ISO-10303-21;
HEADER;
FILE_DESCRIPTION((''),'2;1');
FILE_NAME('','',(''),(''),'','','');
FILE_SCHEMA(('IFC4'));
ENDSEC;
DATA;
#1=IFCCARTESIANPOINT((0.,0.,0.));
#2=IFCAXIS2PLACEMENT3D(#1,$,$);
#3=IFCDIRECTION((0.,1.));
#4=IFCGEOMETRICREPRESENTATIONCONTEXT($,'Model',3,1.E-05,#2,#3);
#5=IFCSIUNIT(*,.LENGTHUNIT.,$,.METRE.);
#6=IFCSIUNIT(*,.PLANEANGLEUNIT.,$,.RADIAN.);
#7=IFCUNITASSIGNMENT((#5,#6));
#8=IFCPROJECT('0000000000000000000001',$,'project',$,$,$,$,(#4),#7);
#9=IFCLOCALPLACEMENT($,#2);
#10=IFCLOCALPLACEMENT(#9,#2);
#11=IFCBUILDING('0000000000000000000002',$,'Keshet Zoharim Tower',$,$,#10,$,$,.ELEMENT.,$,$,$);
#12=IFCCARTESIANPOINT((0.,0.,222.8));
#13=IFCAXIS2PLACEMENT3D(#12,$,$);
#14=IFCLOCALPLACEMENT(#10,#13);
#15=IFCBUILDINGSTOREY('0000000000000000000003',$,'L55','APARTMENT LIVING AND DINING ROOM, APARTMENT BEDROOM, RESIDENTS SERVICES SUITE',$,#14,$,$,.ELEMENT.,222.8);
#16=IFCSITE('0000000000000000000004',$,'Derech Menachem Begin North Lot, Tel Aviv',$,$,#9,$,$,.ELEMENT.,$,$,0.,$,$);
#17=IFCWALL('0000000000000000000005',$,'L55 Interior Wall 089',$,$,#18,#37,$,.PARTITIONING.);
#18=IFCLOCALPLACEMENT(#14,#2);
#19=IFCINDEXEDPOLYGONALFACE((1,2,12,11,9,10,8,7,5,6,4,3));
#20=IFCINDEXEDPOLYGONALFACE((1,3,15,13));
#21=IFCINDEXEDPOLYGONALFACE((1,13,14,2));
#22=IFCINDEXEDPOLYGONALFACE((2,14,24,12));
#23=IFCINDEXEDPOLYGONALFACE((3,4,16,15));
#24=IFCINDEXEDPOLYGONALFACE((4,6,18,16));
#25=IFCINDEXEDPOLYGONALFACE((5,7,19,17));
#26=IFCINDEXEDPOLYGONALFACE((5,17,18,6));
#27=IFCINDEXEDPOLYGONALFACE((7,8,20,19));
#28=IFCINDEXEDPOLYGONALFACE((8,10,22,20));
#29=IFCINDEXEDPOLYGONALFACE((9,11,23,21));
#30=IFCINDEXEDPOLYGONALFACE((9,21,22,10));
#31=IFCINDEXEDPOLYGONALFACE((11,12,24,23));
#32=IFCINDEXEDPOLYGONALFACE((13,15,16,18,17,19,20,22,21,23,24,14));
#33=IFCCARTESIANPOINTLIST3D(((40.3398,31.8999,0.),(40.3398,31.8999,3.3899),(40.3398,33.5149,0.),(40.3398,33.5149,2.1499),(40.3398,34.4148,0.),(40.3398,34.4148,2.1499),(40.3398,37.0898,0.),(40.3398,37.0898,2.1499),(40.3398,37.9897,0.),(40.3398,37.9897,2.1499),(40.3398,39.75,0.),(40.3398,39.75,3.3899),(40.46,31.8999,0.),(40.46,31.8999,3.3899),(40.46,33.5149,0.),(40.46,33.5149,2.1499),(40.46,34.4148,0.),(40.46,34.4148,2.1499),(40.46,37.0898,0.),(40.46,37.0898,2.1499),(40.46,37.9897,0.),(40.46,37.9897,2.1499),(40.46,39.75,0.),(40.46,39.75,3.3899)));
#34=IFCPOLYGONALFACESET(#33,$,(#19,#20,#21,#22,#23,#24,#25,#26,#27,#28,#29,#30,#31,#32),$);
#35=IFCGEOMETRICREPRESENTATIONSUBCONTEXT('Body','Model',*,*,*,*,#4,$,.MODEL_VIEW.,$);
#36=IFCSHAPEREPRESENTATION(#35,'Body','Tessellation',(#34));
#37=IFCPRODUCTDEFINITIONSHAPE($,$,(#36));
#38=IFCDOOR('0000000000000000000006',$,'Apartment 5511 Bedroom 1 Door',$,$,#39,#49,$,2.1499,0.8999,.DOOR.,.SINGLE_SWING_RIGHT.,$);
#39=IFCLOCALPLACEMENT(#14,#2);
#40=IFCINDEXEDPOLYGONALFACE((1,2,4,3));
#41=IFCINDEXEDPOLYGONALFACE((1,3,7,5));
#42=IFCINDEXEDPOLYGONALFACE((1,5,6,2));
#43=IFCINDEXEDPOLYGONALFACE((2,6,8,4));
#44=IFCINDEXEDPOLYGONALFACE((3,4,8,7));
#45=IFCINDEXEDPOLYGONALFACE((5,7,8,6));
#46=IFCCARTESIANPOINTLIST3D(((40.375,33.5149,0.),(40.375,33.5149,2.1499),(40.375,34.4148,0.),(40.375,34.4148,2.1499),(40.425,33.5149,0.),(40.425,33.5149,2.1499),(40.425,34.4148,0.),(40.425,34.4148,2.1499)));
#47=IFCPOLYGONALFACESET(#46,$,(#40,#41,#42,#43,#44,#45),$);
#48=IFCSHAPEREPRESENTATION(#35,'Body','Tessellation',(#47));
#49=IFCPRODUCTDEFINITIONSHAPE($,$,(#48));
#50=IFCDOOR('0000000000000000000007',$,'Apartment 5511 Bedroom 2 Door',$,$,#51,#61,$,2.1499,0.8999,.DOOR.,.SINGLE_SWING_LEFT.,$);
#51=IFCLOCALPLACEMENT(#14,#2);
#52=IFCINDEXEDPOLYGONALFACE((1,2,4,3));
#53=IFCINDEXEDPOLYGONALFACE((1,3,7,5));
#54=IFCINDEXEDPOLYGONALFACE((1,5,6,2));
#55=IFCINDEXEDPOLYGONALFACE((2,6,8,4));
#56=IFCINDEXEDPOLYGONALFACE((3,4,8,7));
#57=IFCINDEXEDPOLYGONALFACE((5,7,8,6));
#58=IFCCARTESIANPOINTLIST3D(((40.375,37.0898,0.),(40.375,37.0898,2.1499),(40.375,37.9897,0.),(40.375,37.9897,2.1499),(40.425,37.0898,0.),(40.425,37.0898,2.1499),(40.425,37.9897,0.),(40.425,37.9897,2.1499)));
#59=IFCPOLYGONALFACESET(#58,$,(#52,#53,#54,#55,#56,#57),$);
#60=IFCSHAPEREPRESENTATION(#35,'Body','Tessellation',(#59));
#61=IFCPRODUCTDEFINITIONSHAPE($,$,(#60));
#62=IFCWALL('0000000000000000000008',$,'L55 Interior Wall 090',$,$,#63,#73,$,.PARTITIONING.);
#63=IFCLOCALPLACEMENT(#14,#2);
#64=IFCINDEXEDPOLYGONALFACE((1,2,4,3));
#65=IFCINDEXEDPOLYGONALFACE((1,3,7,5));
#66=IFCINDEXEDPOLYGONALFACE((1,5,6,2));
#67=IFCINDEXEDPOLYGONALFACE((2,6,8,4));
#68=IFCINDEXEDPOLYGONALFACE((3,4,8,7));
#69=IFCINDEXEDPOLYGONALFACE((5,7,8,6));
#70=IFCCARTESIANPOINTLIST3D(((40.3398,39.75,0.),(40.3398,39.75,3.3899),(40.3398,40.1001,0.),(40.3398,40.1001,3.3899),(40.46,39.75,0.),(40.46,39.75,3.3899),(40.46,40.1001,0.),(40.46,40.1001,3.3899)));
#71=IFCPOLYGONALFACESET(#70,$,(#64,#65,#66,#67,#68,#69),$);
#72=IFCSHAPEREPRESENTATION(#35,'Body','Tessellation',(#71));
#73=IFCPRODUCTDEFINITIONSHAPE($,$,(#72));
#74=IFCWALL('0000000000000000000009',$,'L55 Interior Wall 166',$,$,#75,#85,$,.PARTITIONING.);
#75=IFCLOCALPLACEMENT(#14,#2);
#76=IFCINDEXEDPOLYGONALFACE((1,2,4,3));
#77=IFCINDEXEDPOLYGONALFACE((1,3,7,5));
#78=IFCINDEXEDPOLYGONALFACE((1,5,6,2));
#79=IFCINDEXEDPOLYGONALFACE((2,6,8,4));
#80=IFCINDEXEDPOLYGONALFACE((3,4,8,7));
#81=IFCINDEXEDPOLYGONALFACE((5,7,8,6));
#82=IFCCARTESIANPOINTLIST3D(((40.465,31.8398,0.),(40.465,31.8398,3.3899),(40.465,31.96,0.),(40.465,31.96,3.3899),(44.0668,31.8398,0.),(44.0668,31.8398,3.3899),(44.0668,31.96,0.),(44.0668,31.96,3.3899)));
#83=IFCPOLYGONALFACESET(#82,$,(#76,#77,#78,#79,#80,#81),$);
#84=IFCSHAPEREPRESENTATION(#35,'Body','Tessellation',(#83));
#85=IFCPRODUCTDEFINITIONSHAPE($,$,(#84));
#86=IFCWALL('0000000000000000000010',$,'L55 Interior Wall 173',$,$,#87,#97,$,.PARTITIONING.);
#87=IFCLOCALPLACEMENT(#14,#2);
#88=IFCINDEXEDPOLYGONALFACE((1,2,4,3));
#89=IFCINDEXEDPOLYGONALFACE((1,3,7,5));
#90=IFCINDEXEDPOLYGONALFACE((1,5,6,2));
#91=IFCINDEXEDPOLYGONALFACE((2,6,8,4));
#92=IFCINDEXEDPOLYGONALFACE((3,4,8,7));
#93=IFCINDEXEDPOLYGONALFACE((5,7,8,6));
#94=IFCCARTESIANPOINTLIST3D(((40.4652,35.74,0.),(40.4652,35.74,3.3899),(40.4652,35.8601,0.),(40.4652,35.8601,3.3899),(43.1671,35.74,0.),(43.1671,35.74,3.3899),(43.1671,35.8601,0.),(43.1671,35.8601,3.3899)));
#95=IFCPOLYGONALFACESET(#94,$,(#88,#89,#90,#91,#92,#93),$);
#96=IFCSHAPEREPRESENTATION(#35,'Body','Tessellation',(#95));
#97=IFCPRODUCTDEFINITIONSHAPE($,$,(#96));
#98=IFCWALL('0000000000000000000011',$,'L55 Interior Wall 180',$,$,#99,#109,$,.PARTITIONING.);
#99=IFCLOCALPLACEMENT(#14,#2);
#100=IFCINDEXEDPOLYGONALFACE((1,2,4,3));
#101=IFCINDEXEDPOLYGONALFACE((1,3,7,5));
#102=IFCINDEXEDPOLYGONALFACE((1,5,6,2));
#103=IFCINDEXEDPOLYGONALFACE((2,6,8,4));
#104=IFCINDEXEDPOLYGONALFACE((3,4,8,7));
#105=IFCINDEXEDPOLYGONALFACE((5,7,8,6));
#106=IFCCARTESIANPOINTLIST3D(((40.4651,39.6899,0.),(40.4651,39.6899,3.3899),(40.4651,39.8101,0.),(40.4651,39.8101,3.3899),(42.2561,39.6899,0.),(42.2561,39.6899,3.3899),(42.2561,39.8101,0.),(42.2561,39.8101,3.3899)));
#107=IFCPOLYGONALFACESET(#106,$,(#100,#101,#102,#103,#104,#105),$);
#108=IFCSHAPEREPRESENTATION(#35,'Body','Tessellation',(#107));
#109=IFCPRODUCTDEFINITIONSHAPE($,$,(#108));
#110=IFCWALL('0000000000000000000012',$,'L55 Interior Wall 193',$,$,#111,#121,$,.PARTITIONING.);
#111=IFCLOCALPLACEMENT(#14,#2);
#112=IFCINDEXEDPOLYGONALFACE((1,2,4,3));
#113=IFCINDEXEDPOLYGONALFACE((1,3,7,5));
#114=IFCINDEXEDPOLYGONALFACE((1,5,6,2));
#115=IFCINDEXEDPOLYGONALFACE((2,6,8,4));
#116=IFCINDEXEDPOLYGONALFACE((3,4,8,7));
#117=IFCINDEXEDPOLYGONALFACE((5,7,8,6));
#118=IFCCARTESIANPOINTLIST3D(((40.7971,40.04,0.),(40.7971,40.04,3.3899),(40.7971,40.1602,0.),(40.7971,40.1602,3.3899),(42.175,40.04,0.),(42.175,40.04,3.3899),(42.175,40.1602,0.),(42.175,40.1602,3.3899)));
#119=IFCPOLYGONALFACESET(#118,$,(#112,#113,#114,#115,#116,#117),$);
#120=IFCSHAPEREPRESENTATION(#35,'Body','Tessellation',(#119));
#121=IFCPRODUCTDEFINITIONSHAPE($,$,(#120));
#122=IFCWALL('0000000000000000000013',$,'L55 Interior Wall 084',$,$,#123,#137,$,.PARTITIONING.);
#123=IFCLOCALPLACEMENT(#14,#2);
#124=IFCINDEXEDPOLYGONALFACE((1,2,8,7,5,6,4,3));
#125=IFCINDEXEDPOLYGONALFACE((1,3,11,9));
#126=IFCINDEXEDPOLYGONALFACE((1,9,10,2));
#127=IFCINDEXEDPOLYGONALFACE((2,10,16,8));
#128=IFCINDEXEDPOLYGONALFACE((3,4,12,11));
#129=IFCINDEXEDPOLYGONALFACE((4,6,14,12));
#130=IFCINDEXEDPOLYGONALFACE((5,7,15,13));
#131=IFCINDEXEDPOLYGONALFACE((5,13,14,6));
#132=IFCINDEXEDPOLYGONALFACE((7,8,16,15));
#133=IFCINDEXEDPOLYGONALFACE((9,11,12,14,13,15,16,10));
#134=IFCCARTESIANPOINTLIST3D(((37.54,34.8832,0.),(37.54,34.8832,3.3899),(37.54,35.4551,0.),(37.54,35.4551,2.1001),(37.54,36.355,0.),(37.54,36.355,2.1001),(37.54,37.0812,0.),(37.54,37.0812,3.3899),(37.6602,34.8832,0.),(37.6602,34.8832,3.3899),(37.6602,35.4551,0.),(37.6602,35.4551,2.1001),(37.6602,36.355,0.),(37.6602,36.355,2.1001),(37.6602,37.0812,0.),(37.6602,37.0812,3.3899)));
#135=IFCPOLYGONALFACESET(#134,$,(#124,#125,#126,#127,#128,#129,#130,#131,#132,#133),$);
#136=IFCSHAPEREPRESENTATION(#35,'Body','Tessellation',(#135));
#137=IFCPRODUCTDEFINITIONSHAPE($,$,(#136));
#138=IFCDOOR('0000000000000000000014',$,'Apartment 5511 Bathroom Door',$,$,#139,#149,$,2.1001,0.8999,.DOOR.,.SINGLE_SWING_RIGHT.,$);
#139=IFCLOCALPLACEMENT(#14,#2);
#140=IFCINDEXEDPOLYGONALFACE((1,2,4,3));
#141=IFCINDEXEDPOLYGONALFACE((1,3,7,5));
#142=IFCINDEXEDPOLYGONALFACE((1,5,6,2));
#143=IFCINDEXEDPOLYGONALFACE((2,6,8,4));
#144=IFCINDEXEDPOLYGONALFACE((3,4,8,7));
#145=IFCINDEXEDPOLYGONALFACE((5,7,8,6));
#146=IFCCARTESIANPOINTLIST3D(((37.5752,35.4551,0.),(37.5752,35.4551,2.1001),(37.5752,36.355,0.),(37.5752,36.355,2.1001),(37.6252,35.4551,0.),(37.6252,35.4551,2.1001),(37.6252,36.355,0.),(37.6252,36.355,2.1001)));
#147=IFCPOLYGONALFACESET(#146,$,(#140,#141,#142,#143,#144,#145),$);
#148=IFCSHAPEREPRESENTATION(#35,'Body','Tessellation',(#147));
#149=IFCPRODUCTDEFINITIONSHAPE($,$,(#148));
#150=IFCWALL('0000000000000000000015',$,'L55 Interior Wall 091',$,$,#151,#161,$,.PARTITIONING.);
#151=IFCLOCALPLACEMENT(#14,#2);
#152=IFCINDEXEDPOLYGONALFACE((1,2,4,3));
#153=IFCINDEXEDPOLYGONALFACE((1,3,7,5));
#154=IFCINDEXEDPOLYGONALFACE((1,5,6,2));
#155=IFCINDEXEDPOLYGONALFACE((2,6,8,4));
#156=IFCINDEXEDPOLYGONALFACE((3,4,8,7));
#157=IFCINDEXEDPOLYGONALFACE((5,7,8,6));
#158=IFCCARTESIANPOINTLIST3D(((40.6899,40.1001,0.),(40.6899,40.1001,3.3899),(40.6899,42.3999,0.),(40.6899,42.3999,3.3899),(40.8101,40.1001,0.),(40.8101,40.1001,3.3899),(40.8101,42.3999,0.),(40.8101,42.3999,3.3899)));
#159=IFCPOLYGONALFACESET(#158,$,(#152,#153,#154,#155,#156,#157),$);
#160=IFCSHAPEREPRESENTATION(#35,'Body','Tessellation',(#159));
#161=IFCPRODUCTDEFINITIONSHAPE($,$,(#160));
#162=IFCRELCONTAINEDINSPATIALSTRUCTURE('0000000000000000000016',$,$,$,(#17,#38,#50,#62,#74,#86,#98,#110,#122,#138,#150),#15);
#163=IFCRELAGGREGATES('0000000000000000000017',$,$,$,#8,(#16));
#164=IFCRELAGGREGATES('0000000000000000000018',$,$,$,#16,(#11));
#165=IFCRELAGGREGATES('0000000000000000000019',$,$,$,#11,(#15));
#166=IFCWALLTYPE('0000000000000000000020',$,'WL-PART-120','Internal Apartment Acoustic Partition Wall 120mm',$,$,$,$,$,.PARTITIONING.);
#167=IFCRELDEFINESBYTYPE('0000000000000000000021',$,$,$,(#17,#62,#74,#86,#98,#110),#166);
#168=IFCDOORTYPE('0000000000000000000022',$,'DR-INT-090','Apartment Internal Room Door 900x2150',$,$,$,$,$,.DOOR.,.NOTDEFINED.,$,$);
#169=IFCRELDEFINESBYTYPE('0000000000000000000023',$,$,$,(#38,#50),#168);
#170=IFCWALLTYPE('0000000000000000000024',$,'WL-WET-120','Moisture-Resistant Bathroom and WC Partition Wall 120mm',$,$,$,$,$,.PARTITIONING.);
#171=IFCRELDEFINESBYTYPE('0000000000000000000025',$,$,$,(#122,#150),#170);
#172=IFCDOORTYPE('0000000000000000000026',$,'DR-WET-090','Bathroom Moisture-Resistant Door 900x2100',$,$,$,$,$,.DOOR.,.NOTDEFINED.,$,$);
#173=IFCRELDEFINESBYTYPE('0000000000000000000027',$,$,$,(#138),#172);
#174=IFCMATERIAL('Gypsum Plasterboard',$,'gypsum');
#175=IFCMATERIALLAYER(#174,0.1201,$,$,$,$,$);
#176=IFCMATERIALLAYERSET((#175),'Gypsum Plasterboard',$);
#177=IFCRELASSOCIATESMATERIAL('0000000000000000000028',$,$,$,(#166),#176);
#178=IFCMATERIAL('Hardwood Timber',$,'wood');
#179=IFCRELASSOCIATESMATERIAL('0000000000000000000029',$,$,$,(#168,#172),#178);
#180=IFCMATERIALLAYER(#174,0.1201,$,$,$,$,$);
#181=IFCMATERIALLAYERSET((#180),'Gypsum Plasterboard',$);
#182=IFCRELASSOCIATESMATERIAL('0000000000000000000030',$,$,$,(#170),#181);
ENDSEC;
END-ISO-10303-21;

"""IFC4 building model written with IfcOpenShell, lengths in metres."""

from ifc_helpers import new_model, si_unit, direction, frame, frame_2d, origin, place, context, subcontext, project, spatial, rectangle, extrude, material, layer, layer_set, type_object, element, fill, save


model = new_model("IFC4")

# Units and contexts
model_context = context("Model", 3, precision=1e-05, world=origin(), true_north=direction((0.0, 1.0)))
body_context = subcontext(model_context, "Body", "Model", "MODEL_VIEW")
ifc_project = project(units=[si_unit("LENGTHUNIT", "METRE"), si_unit("PLANEANGLEUNIT", "RADIAN")], contexts=[model_context])

# Site, building, storey
site_placement = place(None, origin())
site = spatial("IfcSite", under=ifc_project, at=site_placement, Name="Derech Menachem Begin North Lot, Tel Aviv", CompositionType="ELEMENT", RefElevation=0.0)
building_placement = place(site_placement, origin())
building = spatial("IfcBuilding", under=site, at=building_placement, Name="Keshet Zoharim Tower", CompositionType="ELEMENT")
storey_placement = place(building_placement, frame((0.0, 0.0, 222.8)))
storey = spatial("IfcBuildingStorey", under=building, at=storey_placement, Name="L55", Description="APARTMENT LIVING AND DINING ROOM, APARTMENT BEDROOM, RESIDENTS SERVICES SUITE", CompositionType="ELEMENT", Elevation=222.8)

# Shared definitions
ifc_material_1 = material(Name="Gypsum Plasterboard", Category="gypsum")
ifc_layer_1 = layer(ifc_material_1, 0.1201)
ifc_layer_set_1 = layer_set([ifc_layer_1], Name="Gypsum Plasterboard")
wall_type_1 = type_object("IfcWallType", Name="WL-PART-120", Description="Internal Apartment Acoustic Partition Wall 120mm", PredefinedType="PARTITIONING", material=ifc_layer_set_1)
ifc_material_2 = material(Name="Hardwood Timber", Category="wood")
door_type_1 = type_object("IfcDoorType", Name="DR-INT-090", Description="Apartment Internal Room Door 900x2150", OperationType="NOTDEFINED", PredefinedType="DOOR", material=ifc_material_2)

# Wall, openings, doors
wall_1_placement = place(storey_placement, frame((40.3999, 31.8999, 0.0), z_axis=(0.0, 0.0, 1.0), x_axis=(0.0, 1.0, 0.0)))
wall_1 = element("IfcWall", 1, at=wall_1_placement, inside=storey, type_object=wall_type_1, Name="L55 Interior Wall 089", PredefinedType="PARTITIONING", context=body_context, shape_type="SweptSolid", body=[
    extrude(rectangle(XDim=7.8501, YDim=0.1201, at=frame_2d((3.925, 0.0))), origin(), (0.0, 0.0, 1.0), 3.3899),
])
opening_1_placement = place(wall_1_placement, frame((1.615, 0.0, 0.0)))
opening_1 = element("IfcOpeningElement", 2, at=opening_1_placement, cuts=wall_1, PredefinedType="OPENING", context=body_context, shape_type="SweptSolid", body=[
    extrude(rectangle(XDim=0.8999, YDim=2.1499, at=frame_2d((0.45, 1.075))), frame((0.0, 0.0701, 0.0), z_axis=(0.0, -1.0, 0.0), x_axis=(1.0, 0.0, 0.0)), (0.0, 0.0, 1.0), 0.1401),
])
opening_2_placement = place(wall_1_placement, frame((5.1899, 0.0, 0.0)))
opening_2 = element("IfcOpeningElement", 3, at=opening_2_placement, cuts=wall_1, PredefinedType="OPENING", context=body_context, shape_type="SweptSolid", body=[
    extrude(rectangle(XDim=0.8999, YDim=2.1499, at=frame_2d((0.45, 1.075))), frame((0.0, 0.0701, 0.0), z_axis=(0.0, -1.0, 0.0), x_axis=(1.0, 0.0, 0.0)), (0.0, 0.0, 1.0), 0.1401),
])
door_1_placement = place(opening_1_placement, origin())
door_1 = element("IfcDoor", 4, at=door_1_placement, inside=storey, type_object=door_type_1, Name="Apartment 5511 Bedroom 1 Door", OperationType="SINGLE_SWING_RIGHT", OverallHeight=2.1499, OverallWidth=0.8999, PredefinedType="DOOR", context=body_context, shape_type="SweptSolid", body=[
    extrude(rectangle(XDim=0.8999, YDim=2.1499, at=frame_2d((0.45, 1.075))), frame((0.0, 0.0249, 0.0), z_axis=(0.0, -1.0, 0.0), x_axis=(1.0, 0.0, 0.0)), (0.0, 0.0, 1.0), 0.05),
])
fill(opening_1, door_1)
door_2_placement = place(opening_2_placement, origin())
door_2 = element("IfcDoor", 5, at=door_2_placement, inside=storey, type_object=door_type_1, Name="Apartment 5511 Bedroom 2 Door", OperationType="SINGLE_SWING_LEFT", OverallHeight=2.1499, OverallWidth=0.8999, PredefinedType="DOOR", context=body_context, shape_type="SweptSolid", body=[
    extrude(rectangle(XDim=0.8999, YDim=2.1499, at=frame_2d((0.45, 1.075))), frame((0.0, 0.0249, 0.0), z_axis=(0.0, -1.0, 0.0), x_axis=(1.0, 0.0, 0.0)), (0.0, 0.0, 1.0), 0.05),
])
fill(opening_2, door_2)

# Walls
wall_2_placement = place(storey_placement, frame((40.3999, 39.75, 0.0), z_axis=(0.0, 0.0, 1.0), x_axis=(0.0, 1.0, 0.0)))
element("IfcWall", 6, at=wall_2_placement, inside=storey, type_object=wall_type_1, Name="L55 Interior Wall 090", PredefinedType="PARTITIONING", context=body_context, shape_type="SweptSolid", body=[
    extrude(rectangle(XDim=0.3501, YDim=0.1201, at=frame_2d((0.175, 0.0))), origin(), (0.0, 0.0, 1.0), 3.3899),
])
wall_3_placement = place(storey_placement, frame((40.4651, 31.8999, 0.0), z_axis=(0.0, 0.0, 1.0), x_axis=(1.0, 0.0, 0.0)))
element("IfcWall", 7, at=wall_3_placement, inside=storey, type_object=wall_type_1, Name="L55 Interior Wall 166", PredefinedType="PARTITIONING", context=body_context, shape_type="SweptSolid", body=[
    extrude(rectangle(XDim=3.6018, YDim=0.1201, at=frame_2d((1.8008, 0.0))), origin(), (0.0, 0.0, 1.0), 3.3899),
])
wall_4_placement = place(storey_placement, frame((40.4651, 35.8, 0.0), z_axis=(0.0, 0.0, 1.0), x_axis=(1.0, 0.0, 0.0)))
element("IfcWall", 8, at=wall_4_placement, inside=storey, type_object=wall_type_1, Name="L55 Interior Wall 173", PredefinedType="PARTITIONING", context=body_context, shape_type="SweptSolid", body=[
    extrude(rectangle(XDim=2.7019, YDim=0.1201, at=frame_2d((1.3511, 0.0))), origin(), (0.0, 0.0, 1.0), 3.3899),
])
wall_5_placement = place(storey_placement, frame((40.4651, 39.75, 0.0), z_axis=(0.0, 0.0, 1.0), x_axis=(1.0, 0.0, 0.0)))
element("IfcWall", 9, at=wall_5_placement, inside=storey, type_object=wall_type_1, Name="L55 Interior Wall 180", PredefinedType="PARTITIONING", context=body_context, shape_type="SweptSolid", body=[
    extrude(rectangle(XDim=1.791, YDim=0.1201, at=frame_2d((0.8955, 0.0))), origin(), (0.0, 0.0, 1.0), 3.3899),
])
wall_6_placement = place(storey_placement, frame((40.7971, 40.1001, 0.0), z_axis=(0.0, 0.0, 1.0), x_axis=(1.0, 0.0, 0.0)))
element("IfcWall", 10, at=wall_6_placement, inside=storey, type_object=wall_type_1, Name="L55 Interior Wall 193", PredefinedType="PARTITIONING", context=body_context, shape_type="SweptSolid", body=[
    extrude(rectangle(XDim=1.3779, YDim=0.1201, at=frame_2d((0.689, 0.0))), origin(), (0.0, 0.0, 1.0), 3.3899),
])

# Wall, opening, door
ifc_layer_2 = layer(ifc_material_1, 0.1201)
ifc_layer_set_2 = layer_set([ifc_layer_2], Name="Gypsum Plasterboard")
wall_type_2 = type_object("IfcWallType", Name="WL-WET-120", Description="Moisture-Resistant Bathroom and WC Partition Wall 120mm", PredefinedType="PARTITIONING", material=ifc_layer_set_2)
wall_7_placement = place(storey_placement, frame((37.6001, 34.8831, 0.0), z_axis=(0.0, 0.0, 1.0), x_axis=(0.0, 1.0, 0.0)))
wall_7 = element("IfcWall", 11, at=wall_7_placement, inside=storey, type_object=wall_type_2, Name="L55 Interior Wall 084", PredefinedType="PARTITIONING", context=body_context, shape_type="SweptSolid", body=[
    extrude(rectangle(XDim=2.198, YDim=0.1201, at=frame_2d((1.0991, 0.0))), origin(), (0.0, 0.0, 1.0), 3.3899),
])
opening_3_placement = place(wall_7_placement, frame((0.572, 0.0, 0.0)))
opening_3 = element("IfcOpeningElement", 12, at=opening_3_placement, cuts=wall_7, PredefinedType="OPENING", context=body_context, shape_type="SweptSolid", body=[
    extrude(rectangle(XDim=0.8999, YDim=2.1001, at=frame_2d((0.45, 1.05))), frame((0.0, 0.0701, 0.0), z_axis=(0.0, -1.0, 0.0), x_axis=(1.0, 0.0, 0.0)), (0.0, 0.0, 1.0), 0.1401),
])
door_type_2 = type_object("IfcDoorType", Name="DR-WET-090", Description="Bathroom Moisture-Resistant Door 900x2100", OperationType="NOTDEFINED", PredefinedType="DOOR", material=ifc_material_2)
door_3_placement = place(opening_3_placement, origin())
door_3 = element("IfcDoor", 13, at=door_3_placement, inside=storey, type_object=door_type_2, Name="Apartment 5511 Bathroom Door", OperationType="SINGLE_SWING_RIGHT", OverallHeight=2.1001, OverallWidth=0.8999, PredefinedType="DOOR", context=body_context, shape_type="SweptSolid", body=[
    extrude(rectangle(XDim=0.8999, YDim=2.1001, at=frame_2d((0.45, 1.05))), frame((0.0, 0.0249, 0.0), z_axis=(0.0, -1.0, 0.0), x_axis=(1.0, 0.0, 0.0)), (0.0, 0.0, 1.0), 0.05),
])
fill(opening_3, door_3)

# Wall
wall_8_placement = place(storey_placement, frame((40.75, 40.1001, 0.0), z_axis=(0.0, 0.0, 1.0), x_axis=(0.0, 1.0, 0.0)))
element("IfcWall", 14, at=wall_8_placement, inside=storey, type_object=wall_type_2, Name="L55 Interior Wall 091", PredefinedType="PARTITIONING", context=body_context, shape_type="SweptSolid", body=[
    extrude(rectangle(XDim=2.2998, YDim=0.1201, at=frame_2d((1.1499, 0.0))), origin(), (0.0, 0.0, 1.0), 3.3899),
])

save(model, "model.ifc")
